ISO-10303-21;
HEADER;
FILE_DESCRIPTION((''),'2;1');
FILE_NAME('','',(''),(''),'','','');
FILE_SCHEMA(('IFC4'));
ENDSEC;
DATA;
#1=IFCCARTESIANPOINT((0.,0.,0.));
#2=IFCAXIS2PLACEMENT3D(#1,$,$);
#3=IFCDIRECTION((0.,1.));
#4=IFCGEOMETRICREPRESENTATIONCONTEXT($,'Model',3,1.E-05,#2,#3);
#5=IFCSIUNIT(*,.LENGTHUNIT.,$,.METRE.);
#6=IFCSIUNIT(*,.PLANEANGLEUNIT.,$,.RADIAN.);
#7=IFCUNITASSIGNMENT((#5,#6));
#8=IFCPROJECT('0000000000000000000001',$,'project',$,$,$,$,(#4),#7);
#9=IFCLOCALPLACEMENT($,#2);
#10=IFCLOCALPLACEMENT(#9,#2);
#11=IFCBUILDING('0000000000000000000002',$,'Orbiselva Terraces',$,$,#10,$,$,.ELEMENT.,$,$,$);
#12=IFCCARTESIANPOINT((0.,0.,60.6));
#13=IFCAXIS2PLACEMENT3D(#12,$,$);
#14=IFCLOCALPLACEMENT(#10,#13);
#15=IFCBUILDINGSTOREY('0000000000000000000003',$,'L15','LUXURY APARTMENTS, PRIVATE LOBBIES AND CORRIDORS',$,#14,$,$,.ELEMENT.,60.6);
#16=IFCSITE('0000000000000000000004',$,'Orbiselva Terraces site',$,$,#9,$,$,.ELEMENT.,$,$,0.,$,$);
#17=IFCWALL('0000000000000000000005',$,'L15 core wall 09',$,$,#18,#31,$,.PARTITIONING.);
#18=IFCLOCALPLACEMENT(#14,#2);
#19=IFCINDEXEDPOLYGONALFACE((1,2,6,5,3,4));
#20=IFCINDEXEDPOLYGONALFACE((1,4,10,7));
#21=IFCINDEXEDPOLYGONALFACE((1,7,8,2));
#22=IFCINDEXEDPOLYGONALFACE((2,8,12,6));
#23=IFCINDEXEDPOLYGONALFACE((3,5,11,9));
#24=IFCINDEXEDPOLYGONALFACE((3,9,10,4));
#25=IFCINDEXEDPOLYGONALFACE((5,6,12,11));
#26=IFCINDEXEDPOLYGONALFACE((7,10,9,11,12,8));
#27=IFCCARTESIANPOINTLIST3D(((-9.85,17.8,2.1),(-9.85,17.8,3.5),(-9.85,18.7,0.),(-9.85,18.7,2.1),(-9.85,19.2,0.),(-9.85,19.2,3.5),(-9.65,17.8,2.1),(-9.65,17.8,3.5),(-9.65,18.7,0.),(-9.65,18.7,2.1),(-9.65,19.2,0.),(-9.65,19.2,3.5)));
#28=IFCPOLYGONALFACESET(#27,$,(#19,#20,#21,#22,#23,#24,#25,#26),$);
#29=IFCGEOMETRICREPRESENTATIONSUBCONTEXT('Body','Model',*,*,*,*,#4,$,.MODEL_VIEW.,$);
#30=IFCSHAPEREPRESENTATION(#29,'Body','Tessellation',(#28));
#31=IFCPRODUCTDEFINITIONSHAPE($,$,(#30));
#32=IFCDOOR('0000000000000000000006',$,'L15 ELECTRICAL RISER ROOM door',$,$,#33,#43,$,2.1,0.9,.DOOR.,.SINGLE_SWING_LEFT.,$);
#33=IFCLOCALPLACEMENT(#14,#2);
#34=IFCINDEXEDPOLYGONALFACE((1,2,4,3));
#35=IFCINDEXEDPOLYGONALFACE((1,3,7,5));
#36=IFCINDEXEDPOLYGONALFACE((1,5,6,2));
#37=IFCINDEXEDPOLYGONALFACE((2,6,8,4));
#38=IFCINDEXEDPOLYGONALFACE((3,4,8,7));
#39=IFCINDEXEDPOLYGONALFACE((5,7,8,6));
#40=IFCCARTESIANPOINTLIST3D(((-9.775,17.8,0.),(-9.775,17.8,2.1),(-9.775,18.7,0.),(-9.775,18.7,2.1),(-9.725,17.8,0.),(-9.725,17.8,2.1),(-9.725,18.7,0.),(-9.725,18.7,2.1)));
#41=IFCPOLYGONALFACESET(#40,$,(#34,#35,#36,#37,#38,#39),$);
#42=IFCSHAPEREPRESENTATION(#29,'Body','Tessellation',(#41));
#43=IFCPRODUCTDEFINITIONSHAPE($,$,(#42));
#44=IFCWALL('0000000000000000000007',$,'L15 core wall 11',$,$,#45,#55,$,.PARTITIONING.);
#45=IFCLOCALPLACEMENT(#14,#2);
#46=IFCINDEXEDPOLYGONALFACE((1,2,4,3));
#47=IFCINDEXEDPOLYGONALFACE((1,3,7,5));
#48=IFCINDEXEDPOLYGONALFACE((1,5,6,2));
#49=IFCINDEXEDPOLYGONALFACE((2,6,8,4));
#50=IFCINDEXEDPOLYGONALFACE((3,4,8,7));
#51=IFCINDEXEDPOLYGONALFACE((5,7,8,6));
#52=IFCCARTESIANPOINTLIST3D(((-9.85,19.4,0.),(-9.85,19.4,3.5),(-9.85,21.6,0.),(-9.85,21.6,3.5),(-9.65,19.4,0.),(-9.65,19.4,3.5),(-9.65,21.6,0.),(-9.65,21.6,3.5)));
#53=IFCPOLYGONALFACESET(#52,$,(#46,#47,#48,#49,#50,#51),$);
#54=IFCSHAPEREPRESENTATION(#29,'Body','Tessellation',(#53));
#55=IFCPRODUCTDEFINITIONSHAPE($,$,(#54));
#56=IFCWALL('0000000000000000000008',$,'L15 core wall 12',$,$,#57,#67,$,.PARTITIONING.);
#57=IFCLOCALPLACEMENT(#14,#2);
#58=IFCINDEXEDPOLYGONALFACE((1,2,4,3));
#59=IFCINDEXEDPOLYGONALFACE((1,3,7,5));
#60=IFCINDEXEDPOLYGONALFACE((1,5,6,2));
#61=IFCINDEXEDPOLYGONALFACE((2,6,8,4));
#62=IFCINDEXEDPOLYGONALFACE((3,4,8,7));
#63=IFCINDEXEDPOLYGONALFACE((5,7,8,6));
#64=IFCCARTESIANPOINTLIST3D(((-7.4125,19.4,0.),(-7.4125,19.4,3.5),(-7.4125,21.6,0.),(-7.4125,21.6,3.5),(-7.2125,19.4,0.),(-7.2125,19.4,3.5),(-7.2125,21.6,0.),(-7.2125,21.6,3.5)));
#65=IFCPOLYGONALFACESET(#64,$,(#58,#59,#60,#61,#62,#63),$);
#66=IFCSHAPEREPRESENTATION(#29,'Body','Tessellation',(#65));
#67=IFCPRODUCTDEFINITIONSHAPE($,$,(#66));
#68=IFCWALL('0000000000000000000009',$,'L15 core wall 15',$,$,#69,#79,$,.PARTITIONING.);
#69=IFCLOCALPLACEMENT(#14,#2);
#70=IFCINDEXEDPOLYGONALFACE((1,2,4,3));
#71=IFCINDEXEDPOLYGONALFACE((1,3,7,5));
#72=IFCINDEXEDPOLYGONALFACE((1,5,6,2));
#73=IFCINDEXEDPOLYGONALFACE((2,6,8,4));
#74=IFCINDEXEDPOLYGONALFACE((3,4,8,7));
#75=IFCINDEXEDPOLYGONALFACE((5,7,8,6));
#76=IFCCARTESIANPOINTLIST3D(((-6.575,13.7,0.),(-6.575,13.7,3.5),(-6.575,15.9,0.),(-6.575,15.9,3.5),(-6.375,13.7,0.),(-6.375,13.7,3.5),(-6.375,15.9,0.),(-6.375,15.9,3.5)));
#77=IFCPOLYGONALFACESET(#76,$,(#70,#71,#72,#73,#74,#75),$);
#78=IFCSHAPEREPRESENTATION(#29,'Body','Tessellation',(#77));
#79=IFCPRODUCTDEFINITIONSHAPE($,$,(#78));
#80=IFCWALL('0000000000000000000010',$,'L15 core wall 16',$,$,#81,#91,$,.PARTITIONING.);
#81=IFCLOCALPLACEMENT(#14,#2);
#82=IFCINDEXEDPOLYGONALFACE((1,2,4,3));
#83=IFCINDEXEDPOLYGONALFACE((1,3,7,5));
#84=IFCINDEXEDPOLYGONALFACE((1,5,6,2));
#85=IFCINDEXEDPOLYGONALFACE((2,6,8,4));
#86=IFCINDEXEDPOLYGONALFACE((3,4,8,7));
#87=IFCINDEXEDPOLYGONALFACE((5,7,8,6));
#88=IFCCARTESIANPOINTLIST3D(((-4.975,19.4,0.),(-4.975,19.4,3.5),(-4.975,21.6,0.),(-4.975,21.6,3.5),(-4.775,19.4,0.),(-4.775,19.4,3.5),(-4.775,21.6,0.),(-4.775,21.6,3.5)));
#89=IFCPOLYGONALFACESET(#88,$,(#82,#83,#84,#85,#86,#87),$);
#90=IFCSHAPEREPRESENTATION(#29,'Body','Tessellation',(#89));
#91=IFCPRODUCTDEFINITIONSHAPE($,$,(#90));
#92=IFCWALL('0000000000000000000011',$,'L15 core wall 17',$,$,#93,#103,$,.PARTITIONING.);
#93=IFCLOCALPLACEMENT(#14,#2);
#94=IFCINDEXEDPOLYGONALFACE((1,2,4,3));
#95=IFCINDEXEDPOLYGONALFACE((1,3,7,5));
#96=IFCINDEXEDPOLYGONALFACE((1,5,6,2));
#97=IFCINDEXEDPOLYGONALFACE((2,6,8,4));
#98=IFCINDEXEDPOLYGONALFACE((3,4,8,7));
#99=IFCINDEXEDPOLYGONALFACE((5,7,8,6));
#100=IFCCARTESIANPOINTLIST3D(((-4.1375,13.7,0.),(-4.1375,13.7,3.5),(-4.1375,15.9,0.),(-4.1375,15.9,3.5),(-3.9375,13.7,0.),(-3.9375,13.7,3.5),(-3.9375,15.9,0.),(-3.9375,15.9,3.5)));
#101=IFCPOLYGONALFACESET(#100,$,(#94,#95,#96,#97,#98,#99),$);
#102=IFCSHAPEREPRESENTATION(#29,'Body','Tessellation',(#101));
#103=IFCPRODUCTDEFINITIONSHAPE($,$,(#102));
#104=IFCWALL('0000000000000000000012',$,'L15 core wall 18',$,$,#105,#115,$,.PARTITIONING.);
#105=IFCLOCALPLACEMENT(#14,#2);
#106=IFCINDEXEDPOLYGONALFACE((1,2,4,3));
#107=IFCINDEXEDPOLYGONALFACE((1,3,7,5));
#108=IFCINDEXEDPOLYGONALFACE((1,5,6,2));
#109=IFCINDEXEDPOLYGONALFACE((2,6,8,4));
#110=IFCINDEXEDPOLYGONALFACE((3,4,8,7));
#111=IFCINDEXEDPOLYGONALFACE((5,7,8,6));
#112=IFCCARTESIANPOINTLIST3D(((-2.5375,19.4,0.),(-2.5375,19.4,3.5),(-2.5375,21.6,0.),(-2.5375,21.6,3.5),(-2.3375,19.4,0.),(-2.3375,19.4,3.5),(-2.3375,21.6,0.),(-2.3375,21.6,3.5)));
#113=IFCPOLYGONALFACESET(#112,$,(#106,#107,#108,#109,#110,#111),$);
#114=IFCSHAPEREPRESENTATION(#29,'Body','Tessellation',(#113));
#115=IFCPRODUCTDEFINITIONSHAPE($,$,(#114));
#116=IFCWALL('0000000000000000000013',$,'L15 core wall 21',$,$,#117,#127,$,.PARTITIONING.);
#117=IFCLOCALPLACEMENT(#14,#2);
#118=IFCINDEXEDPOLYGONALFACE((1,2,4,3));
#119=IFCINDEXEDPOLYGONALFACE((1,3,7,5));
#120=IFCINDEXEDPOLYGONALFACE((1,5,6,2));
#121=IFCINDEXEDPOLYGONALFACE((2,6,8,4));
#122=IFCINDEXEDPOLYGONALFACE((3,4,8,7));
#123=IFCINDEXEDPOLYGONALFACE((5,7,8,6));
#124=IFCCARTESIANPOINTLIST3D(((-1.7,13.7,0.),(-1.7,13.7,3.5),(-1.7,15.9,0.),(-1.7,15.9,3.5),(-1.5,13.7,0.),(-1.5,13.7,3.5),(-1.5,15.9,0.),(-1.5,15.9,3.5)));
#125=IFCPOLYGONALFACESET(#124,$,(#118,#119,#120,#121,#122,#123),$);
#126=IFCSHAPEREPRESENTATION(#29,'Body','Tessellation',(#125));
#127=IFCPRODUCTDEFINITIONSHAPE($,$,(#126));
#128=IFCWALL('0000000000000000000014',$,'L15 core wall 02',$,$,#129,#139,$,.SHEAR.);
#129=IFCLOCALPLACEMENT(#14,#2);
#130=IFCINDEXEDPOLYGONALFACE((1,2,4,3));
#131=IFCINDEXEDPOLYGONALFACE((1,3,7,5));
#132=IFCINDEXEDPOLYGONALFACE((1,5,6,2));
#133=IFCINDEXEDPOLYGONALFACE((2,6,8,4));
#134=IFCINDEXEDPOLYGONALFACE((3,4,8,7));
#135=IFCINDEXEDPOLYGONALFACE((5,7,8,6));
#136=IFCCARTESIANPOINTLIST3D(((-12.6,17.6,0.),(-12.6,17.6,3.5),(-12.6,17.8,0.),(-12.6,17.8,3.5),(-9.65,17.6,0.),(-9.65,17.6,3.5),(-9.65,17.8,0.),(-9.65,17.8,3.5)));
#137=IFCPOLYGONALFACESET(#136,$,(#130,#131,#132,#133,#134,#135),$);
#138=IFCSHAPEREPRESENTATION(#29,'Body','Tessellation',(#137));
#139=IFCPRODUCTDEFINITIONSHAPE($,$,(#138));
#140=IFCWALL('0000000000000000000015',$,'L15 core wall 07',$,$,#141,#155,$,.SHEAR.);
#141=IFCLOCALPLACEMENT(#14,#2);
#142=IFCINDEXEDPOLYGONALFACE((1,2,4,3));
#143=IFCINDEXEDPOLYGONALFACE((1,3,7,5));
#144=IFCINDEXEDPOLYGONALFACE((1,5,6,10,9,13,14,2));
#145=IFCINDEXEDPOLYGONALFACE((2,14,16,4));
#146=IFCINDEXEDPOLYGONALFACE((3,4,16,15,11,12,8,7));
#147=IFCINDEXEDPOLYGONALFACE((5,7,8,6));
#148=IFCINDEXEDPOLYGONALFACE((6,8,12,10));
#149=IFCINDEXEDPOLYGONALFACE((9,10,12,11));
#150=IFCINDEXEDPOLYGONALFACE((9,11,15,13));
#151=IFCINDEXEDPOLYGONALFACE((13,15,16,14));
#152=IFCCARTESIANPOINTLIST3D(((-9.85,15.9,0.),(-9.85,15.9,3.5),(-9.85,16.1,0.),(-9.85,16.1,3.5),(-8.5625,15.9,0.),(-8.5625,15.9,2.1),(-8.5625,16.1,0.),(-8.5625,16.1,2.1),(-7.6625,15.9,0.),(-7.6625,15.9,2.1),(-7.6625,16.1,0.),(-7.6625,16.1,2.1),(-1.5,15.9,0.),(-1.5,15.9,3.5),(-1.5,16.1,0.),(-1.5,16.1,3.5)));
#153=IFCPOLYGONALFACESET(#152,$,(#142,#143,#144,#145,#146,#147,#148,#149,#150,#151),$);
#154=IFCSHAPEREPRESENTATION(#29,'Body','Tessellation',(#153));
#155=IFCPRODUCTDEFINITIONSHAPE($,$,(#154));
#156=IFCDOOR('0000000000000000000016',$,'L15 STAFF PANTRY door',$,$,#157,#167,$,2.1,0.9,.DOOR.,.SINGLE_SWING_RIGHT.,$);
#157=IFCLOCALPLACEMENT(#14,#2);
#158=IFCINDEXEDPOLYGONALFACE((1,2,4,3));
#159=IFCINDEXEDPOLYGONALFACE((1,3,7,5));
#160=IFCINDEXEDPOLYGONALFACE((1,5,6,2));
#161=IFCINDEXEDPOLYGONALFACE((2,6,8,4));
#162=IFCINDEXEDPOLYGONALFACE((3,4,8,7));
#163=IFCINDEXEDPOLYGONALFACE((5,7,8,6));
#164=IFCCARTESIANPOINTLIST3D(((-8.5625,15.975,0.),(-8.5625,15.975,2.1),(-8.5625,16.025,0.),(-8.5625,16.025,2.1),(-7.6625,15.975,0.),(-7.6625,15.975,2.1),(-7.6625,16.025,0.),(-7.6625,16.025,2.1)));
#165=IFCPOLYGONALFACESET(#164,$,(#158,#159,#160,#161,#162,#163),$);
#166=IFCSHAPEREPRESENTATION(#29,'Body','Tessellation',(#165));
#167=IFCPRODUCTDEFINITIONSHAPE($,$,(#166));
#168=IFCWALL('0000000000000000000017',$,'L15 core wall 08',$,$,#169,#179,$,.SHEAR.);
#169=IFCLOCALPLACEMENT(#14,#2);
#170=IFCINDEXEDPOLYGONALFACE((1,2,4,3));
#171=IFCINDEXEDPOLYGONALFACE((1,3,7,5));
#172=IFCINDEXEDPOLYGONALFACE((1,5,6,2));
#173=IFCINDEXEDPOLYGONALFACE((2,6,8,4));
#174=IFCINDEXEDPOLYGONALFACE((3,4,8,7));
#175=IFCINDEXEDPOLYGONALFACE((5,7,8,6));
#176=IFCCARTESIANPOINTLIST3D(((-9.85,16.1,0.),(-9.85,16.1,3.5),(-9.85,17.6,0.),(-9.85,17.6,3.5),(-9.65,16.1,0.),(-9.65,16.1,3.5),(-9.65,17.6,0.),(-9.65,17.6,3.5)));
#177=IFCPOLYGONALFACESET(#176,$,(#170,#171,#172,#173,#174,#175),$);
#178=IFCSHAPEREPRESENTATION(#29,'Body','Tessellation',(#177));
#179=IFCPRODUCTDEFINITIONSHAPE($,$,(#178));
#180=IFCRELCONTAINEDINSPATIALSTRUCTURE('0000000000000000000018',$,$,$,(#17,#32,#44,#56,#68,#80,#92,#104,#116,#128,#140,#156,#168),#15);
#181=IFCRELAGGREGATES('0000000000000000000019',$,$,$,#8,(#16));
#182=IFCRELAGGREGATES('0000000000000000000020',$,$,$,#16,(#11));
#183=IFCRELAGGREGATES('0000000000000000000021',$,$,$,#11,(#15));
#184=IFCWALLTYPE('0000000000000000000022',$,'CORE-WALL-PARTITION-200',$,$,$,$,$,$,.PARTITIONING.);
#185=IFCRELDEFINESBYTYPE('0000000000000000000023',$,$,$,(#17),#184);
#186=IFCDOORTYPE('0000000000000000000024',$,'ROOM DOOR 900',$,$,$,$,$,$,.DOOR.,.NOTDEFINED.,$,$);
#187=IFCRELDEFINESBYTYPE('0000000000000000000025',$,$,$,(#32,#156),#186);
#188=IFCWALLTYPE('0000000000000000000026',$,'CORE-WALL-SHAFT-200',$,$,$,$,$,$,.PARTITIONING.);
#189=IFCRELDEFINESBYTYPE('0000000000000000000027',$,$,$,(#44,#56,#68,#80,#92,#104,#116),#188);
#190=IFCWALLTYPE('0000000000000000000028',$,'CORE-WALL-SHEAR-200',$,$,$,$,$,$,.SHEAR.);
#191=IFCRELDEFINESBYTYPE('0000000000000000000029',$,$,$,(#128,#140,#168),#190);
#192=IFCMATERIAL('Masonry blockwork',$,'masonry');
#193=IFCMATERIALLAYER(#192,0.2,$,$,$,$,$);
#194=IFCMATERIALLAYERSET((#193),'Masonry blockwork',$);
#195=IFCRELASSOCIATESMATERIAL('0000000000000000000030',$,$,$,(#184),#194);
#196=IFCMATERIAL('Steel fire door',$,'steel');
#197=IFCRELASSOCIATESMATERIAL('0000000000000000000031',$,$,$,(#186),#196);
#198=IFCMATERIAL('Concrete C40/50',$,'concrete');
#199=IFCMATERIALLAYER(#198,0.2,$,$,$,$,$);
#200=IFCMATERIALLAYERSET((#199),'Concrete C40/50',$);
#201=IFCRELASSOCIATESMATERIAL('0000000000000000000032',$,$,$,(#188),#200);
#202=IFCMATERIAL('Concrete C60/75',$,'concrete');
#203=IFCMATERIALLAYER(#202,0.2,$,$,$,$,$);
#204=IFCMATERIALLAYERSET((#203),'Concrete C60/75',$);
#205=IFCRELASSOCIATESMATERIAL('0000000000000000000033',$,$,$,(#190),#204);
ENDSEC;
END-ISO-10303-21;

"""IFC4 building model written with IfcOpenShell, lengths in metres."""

from ifc_helpers import new_model, si_unit, direction, frame, frame_2d, origin, place, context, subcontext, project, spatial, rectangle, extrude, material, layer, layer_set, type_object, element, fill, save


model = new_model("IFC4")

# Units and contexts
model_context = context("Model", 3, precision=1e-05, world=origin(), true_north=direction((0.0, 1.0)))
body_context = subcontext(model_context, "Body", "Model", "MODEL_VIEW")
ifc_project = project(units=[si_unit("LENGTHUNIT", "METRE"), si_unit("PLANEANGLEUNIT", "RADIAN")], contexts=[model_context])

# Site, building, storey
site_placement = place(None, origin())
site = spatial("IfcSite", under=ifc_project, at=site_placement, Name="Orbiselva Terraces site", CompositionType="ELEMENT", RefElevation=0.0)
building_placement = place(site_placement, origin())
building = spatial("IfcBuilding", under=site, at=building_placement, Name="Orbiselva Terraces", CompositionType="ELEMENT")
storey_placement = place(building_placement, frame((0.0, 0.0, 60.6)))
storey = spatial("IfcBuildingStorey", under=building, at=storey_placement, Name="L15", Description="LUXURY APARTMENTS, PRIVATE LOBBIES AND CORRIDORS", CompositionType="ELEMENT", Elevation=60.6)

# Wall, opening, door
ifc_material_1 = material(Name="Masonry blockwork", Category="masonry")
ifc_layer_1 = layer(ifc_material_1, 0.2)
ifc_layer_set_1 = layer_set([ifc_layer_1], Name="Masonry blockwork")
wall_type_1 = type_object("IfcWallType", Name="CORE-WALL-PARTITION-200", PredefinedType="PARTITIONING", material=ifc_layer_set_1)
wall_1_placement = place(storey_placement, frame((-9.75, 17.8, 0.0), z_axis=(0.0, 0.0, 1.0), x_axis=(0.0, 1.0, 0.0)))
wall_1 = element("IfcWall", 1, at=wall_1_placement, inside=storey, type_object=wall_type_1, Name="L15 core wall 09", PredefinedType="PARTITIONING", context=body_context, shape_type="SweptSolid", body=[
    extrude(rectangle(XDim=1.4, YDim=0.2, at=frame_2d((0.7, 0.0))), origin(), (0.0, 0.0, 1.0), 3.5),
])
opening_1_placement = place(wall_1_placement, origin())
opening_1 = element("IfcOpeningElement", 2, at=opening_1_placement, cuts=wall_1, PredefinedType="OPENING", context=body_context, shape_type="SweptSolid", body=[
    extrude(rectangle(XDim=0.9, YDim=2.1, at=frame_2d((0.45, 1.05))), frame((0.0, 0.11, 0.0), z_axis=(0.0, -1.0, 0.0), x_axis=(1.0, 0.0, 0.0)), (0.0, 0.0, 1.0), 0.22),
])
ifc_material_2 = material(Name="Steel fire door", Category="steel")
door_type_1 = type_object("IfcDoorType", Name="ROOM DOOR 900", OperationType="NOTDEFINED", PredefinedType="DOOR", material=ifc_material_2)
door_1_placement = place(opening_1_placement, origin())
door_1 = element("IfcDoor", 3, at=door_1_placement, inside=storey, type_object=door_type_1, Name="L15 ELECTRICAL RISER ROOM door", OperationType="SINGLE_SWING_LEFT", OverallHeight=2.1, OverallWidth=0.9, PredefinedType="DOOR", context=body_context, shape_type="SweptSolid", body=[
    extrude(rectangle(XDim=0.9, YDim=2.1, at=frame_2d((0.45, 1.05))), frame((0.0, 0.025, 0.0), z_axis=(0.0, -1.0, 0.0), x_axis=(1.0, 0.0, 0.0)), (0.0, 0.0, 1.0), 0.05),
])
fill(opening_1, door_1)

# Walls
ifc_material_3 = material(Name="Concrete C40/50", Category="concrete")
ifc_layer_2 = layer(ifc_material_3, 0.2)
ifc_layer_set_2 = layer_set([ifc_layer_2], Name="Concrete C40/50")
wall_type_2 = type_object("IfcWallType", Name="CORE-WALL-SHAFT-200", PredefinedType="PARTITIONING", material=ifc_layer_set_2)
for number, where, z_axis, x_axis, name in (
    (4, (-9.75, 19.4, 0.0), (0.0, 0.0, 1.0), (0.0, 1.0, 0.0), "L15 core wall 11"),
    (5, (-7.3125, 19.4, 0.0), (0.0, 0.0, 1.0), (0.0, 1.0, 0.0), "L15 core wall 12"),
    (6, (-6.475, 13.7, 0.0), (0.0, 0.0, 1.0), (0.0, 1.0, 0.0), "L15 core wall 15"),
    (7, (-4.875, 19.4, 0.0), (0.0, 0.0, 1.0), (0.0, 1.0, 0.0), "L15 core wall 16"),
    (8, (-4.0375, 13.7, 0.0), (0.0, 0.0, 1.0), (0.0, 1.0, 0.0), "L15 core wall 17"),
    (9, (-2.4375, 19.4, 0.0), (0.0, 0.0, 1.0), (0.0, 1.0, 0.0), "L15 core wall 18"),
    (10, (-1.6, 13.7, 0.0), (0.0, 0.0, 1.0), (0.0, 1.0, 0.0), "L15 core wall 21"),
):
    element("IfcWall", number, at=place(storey_placement, frame(where, z_axis=z_axis, x_axis=x_axis)), inside=storey, type_object=wall_type_2, Name=name, PredefinedType="PARTITIONING", context=body_context, shape_type="SweptSolid", body=[
        extrude(rectangle(XDim=2.2, YDim=0.2, at=frame_2d((1.1, 0.0))), origin(), (0.0, 0.0, 1.0), 3.5),
    ])
ifc_material_4 = material(Name="Concrete C60/75", Category="concrete")
ifc_layer_3 = layer(ifc_material_4, 0.2)
ifc_layer_set_3 = layer_set([ifc_layer_3], Name="Concrete C60/75")
wall_type_3 = type_object("IfcWallType", Name="CORE-WALL-SHEAR-200", PredefinedType="SHEAR", material=ifc_layer_set_3)
wall_2_placement = place(storey_placement, frame((-12.6, 17.7, 0.0), z_axis=(0.0, 0.0, 1.0), x_axis=(1.0, 0.0, 0.0)))
element("IfcWall", 11, at=wall_2_placement, inside=storey, type_object=wall_type_3, Name="L15 core wall 02", PredefinedType="SHEAR", context=body_context, shape_type="SweptSolid", body=[
    extrude(rectangle(XDim=2.95, YDim=0.2, at=frame_2d((1.475, 0.0))), origin(), (0.0, 0.0, 1.0), 3.5),
])

# Wall, opening, door
wall_3_placement = place(storey_placement, frame((-1.5, 16.0, 0.0), z_axis=(0.0, 0.0, 1.0), x_axis=(-1.0, 0.0, 0.0)))
wall_3 = element("IfcWall", 12, at=wall_3_placement, inside=storey, type_object=wall_type_3, Name="L15 core wall 07", PredefinedType="SHEAR", context=body_context, shape_type="SweptSolid", body=[
    extrude(rectangle(XDim=8.35, YDim=0.2, at=frame_2d((4.175, 0.0))), origin(), (0.0, 0.0, 1.0), 3.5),
])
opening_2_placement = place(wall_3_placement, frame((6.1625, 0.0, 0.0)))
opening_2 = element("IfcOpeningElement", 13, at=opening_2_placement, cuts=wall_3, PredefinedType="OPENING", context=body_context, shape_type="SweptSolid", body=[
    extrude(rectangle(XDim=0.9, YDim=2.1, at=frame_2d((0.45, 1.05))), frame((0.0, 0.11, 0.0), z_axis=(0.0, -1.0, 0.0), x_axis=(1.0, 0.0, 0.0)), (0.0, 0.0, 1.0), 0.22),
])
door_2_placement = place(opening_2_placement, origin())
door_2 = element("IfcDoor", 14, at=door_2_placement, inside=storey, type_object=door_type_1, Name="L15 STAFF PANTRY door", OperationType="SINGLE_SWING_RIGHT", OverallHeight=2.1, OverallWidth=0.9, PredefinedType="DOOR", context=body_context, shape_type="SweptSolid", body=[
    extrude(rectangle(XDim=0.9, YDim=2.1, at=frame_2d((0.45, 1.05))), frame((0.0, 0.025, 0.0), z_axis=(0.0, -1.0, 0.0), x_axis=(1.0, 0.0, 0.0)), (0.0, 0.0, 1.0), 0.05),
])
fill(opening_2, door_2)

# Wall
wall_4_placement = place(storey_placement, frame((-9.75, 16.1, 0.0), z_axis=(0.0, 0.0, 1.0), x_axis=(0.0, 1.0, 0.0)))
element("IfcWall", 15, at=wall_4_placement, inside=storey, type_object=wall_type_3, Name="L15 core wall 08", PredefinedType="SHEAR", context=body_context, shape_type="SweptSolid", body=[
    extrude(rectangle(XDim=1.5, YDim=0.2, at=frame_2d((0.75, 0.0))), origin(), (0.0, 0.0, 1.0), 3.5),
])

save(model, "model.ifc")
